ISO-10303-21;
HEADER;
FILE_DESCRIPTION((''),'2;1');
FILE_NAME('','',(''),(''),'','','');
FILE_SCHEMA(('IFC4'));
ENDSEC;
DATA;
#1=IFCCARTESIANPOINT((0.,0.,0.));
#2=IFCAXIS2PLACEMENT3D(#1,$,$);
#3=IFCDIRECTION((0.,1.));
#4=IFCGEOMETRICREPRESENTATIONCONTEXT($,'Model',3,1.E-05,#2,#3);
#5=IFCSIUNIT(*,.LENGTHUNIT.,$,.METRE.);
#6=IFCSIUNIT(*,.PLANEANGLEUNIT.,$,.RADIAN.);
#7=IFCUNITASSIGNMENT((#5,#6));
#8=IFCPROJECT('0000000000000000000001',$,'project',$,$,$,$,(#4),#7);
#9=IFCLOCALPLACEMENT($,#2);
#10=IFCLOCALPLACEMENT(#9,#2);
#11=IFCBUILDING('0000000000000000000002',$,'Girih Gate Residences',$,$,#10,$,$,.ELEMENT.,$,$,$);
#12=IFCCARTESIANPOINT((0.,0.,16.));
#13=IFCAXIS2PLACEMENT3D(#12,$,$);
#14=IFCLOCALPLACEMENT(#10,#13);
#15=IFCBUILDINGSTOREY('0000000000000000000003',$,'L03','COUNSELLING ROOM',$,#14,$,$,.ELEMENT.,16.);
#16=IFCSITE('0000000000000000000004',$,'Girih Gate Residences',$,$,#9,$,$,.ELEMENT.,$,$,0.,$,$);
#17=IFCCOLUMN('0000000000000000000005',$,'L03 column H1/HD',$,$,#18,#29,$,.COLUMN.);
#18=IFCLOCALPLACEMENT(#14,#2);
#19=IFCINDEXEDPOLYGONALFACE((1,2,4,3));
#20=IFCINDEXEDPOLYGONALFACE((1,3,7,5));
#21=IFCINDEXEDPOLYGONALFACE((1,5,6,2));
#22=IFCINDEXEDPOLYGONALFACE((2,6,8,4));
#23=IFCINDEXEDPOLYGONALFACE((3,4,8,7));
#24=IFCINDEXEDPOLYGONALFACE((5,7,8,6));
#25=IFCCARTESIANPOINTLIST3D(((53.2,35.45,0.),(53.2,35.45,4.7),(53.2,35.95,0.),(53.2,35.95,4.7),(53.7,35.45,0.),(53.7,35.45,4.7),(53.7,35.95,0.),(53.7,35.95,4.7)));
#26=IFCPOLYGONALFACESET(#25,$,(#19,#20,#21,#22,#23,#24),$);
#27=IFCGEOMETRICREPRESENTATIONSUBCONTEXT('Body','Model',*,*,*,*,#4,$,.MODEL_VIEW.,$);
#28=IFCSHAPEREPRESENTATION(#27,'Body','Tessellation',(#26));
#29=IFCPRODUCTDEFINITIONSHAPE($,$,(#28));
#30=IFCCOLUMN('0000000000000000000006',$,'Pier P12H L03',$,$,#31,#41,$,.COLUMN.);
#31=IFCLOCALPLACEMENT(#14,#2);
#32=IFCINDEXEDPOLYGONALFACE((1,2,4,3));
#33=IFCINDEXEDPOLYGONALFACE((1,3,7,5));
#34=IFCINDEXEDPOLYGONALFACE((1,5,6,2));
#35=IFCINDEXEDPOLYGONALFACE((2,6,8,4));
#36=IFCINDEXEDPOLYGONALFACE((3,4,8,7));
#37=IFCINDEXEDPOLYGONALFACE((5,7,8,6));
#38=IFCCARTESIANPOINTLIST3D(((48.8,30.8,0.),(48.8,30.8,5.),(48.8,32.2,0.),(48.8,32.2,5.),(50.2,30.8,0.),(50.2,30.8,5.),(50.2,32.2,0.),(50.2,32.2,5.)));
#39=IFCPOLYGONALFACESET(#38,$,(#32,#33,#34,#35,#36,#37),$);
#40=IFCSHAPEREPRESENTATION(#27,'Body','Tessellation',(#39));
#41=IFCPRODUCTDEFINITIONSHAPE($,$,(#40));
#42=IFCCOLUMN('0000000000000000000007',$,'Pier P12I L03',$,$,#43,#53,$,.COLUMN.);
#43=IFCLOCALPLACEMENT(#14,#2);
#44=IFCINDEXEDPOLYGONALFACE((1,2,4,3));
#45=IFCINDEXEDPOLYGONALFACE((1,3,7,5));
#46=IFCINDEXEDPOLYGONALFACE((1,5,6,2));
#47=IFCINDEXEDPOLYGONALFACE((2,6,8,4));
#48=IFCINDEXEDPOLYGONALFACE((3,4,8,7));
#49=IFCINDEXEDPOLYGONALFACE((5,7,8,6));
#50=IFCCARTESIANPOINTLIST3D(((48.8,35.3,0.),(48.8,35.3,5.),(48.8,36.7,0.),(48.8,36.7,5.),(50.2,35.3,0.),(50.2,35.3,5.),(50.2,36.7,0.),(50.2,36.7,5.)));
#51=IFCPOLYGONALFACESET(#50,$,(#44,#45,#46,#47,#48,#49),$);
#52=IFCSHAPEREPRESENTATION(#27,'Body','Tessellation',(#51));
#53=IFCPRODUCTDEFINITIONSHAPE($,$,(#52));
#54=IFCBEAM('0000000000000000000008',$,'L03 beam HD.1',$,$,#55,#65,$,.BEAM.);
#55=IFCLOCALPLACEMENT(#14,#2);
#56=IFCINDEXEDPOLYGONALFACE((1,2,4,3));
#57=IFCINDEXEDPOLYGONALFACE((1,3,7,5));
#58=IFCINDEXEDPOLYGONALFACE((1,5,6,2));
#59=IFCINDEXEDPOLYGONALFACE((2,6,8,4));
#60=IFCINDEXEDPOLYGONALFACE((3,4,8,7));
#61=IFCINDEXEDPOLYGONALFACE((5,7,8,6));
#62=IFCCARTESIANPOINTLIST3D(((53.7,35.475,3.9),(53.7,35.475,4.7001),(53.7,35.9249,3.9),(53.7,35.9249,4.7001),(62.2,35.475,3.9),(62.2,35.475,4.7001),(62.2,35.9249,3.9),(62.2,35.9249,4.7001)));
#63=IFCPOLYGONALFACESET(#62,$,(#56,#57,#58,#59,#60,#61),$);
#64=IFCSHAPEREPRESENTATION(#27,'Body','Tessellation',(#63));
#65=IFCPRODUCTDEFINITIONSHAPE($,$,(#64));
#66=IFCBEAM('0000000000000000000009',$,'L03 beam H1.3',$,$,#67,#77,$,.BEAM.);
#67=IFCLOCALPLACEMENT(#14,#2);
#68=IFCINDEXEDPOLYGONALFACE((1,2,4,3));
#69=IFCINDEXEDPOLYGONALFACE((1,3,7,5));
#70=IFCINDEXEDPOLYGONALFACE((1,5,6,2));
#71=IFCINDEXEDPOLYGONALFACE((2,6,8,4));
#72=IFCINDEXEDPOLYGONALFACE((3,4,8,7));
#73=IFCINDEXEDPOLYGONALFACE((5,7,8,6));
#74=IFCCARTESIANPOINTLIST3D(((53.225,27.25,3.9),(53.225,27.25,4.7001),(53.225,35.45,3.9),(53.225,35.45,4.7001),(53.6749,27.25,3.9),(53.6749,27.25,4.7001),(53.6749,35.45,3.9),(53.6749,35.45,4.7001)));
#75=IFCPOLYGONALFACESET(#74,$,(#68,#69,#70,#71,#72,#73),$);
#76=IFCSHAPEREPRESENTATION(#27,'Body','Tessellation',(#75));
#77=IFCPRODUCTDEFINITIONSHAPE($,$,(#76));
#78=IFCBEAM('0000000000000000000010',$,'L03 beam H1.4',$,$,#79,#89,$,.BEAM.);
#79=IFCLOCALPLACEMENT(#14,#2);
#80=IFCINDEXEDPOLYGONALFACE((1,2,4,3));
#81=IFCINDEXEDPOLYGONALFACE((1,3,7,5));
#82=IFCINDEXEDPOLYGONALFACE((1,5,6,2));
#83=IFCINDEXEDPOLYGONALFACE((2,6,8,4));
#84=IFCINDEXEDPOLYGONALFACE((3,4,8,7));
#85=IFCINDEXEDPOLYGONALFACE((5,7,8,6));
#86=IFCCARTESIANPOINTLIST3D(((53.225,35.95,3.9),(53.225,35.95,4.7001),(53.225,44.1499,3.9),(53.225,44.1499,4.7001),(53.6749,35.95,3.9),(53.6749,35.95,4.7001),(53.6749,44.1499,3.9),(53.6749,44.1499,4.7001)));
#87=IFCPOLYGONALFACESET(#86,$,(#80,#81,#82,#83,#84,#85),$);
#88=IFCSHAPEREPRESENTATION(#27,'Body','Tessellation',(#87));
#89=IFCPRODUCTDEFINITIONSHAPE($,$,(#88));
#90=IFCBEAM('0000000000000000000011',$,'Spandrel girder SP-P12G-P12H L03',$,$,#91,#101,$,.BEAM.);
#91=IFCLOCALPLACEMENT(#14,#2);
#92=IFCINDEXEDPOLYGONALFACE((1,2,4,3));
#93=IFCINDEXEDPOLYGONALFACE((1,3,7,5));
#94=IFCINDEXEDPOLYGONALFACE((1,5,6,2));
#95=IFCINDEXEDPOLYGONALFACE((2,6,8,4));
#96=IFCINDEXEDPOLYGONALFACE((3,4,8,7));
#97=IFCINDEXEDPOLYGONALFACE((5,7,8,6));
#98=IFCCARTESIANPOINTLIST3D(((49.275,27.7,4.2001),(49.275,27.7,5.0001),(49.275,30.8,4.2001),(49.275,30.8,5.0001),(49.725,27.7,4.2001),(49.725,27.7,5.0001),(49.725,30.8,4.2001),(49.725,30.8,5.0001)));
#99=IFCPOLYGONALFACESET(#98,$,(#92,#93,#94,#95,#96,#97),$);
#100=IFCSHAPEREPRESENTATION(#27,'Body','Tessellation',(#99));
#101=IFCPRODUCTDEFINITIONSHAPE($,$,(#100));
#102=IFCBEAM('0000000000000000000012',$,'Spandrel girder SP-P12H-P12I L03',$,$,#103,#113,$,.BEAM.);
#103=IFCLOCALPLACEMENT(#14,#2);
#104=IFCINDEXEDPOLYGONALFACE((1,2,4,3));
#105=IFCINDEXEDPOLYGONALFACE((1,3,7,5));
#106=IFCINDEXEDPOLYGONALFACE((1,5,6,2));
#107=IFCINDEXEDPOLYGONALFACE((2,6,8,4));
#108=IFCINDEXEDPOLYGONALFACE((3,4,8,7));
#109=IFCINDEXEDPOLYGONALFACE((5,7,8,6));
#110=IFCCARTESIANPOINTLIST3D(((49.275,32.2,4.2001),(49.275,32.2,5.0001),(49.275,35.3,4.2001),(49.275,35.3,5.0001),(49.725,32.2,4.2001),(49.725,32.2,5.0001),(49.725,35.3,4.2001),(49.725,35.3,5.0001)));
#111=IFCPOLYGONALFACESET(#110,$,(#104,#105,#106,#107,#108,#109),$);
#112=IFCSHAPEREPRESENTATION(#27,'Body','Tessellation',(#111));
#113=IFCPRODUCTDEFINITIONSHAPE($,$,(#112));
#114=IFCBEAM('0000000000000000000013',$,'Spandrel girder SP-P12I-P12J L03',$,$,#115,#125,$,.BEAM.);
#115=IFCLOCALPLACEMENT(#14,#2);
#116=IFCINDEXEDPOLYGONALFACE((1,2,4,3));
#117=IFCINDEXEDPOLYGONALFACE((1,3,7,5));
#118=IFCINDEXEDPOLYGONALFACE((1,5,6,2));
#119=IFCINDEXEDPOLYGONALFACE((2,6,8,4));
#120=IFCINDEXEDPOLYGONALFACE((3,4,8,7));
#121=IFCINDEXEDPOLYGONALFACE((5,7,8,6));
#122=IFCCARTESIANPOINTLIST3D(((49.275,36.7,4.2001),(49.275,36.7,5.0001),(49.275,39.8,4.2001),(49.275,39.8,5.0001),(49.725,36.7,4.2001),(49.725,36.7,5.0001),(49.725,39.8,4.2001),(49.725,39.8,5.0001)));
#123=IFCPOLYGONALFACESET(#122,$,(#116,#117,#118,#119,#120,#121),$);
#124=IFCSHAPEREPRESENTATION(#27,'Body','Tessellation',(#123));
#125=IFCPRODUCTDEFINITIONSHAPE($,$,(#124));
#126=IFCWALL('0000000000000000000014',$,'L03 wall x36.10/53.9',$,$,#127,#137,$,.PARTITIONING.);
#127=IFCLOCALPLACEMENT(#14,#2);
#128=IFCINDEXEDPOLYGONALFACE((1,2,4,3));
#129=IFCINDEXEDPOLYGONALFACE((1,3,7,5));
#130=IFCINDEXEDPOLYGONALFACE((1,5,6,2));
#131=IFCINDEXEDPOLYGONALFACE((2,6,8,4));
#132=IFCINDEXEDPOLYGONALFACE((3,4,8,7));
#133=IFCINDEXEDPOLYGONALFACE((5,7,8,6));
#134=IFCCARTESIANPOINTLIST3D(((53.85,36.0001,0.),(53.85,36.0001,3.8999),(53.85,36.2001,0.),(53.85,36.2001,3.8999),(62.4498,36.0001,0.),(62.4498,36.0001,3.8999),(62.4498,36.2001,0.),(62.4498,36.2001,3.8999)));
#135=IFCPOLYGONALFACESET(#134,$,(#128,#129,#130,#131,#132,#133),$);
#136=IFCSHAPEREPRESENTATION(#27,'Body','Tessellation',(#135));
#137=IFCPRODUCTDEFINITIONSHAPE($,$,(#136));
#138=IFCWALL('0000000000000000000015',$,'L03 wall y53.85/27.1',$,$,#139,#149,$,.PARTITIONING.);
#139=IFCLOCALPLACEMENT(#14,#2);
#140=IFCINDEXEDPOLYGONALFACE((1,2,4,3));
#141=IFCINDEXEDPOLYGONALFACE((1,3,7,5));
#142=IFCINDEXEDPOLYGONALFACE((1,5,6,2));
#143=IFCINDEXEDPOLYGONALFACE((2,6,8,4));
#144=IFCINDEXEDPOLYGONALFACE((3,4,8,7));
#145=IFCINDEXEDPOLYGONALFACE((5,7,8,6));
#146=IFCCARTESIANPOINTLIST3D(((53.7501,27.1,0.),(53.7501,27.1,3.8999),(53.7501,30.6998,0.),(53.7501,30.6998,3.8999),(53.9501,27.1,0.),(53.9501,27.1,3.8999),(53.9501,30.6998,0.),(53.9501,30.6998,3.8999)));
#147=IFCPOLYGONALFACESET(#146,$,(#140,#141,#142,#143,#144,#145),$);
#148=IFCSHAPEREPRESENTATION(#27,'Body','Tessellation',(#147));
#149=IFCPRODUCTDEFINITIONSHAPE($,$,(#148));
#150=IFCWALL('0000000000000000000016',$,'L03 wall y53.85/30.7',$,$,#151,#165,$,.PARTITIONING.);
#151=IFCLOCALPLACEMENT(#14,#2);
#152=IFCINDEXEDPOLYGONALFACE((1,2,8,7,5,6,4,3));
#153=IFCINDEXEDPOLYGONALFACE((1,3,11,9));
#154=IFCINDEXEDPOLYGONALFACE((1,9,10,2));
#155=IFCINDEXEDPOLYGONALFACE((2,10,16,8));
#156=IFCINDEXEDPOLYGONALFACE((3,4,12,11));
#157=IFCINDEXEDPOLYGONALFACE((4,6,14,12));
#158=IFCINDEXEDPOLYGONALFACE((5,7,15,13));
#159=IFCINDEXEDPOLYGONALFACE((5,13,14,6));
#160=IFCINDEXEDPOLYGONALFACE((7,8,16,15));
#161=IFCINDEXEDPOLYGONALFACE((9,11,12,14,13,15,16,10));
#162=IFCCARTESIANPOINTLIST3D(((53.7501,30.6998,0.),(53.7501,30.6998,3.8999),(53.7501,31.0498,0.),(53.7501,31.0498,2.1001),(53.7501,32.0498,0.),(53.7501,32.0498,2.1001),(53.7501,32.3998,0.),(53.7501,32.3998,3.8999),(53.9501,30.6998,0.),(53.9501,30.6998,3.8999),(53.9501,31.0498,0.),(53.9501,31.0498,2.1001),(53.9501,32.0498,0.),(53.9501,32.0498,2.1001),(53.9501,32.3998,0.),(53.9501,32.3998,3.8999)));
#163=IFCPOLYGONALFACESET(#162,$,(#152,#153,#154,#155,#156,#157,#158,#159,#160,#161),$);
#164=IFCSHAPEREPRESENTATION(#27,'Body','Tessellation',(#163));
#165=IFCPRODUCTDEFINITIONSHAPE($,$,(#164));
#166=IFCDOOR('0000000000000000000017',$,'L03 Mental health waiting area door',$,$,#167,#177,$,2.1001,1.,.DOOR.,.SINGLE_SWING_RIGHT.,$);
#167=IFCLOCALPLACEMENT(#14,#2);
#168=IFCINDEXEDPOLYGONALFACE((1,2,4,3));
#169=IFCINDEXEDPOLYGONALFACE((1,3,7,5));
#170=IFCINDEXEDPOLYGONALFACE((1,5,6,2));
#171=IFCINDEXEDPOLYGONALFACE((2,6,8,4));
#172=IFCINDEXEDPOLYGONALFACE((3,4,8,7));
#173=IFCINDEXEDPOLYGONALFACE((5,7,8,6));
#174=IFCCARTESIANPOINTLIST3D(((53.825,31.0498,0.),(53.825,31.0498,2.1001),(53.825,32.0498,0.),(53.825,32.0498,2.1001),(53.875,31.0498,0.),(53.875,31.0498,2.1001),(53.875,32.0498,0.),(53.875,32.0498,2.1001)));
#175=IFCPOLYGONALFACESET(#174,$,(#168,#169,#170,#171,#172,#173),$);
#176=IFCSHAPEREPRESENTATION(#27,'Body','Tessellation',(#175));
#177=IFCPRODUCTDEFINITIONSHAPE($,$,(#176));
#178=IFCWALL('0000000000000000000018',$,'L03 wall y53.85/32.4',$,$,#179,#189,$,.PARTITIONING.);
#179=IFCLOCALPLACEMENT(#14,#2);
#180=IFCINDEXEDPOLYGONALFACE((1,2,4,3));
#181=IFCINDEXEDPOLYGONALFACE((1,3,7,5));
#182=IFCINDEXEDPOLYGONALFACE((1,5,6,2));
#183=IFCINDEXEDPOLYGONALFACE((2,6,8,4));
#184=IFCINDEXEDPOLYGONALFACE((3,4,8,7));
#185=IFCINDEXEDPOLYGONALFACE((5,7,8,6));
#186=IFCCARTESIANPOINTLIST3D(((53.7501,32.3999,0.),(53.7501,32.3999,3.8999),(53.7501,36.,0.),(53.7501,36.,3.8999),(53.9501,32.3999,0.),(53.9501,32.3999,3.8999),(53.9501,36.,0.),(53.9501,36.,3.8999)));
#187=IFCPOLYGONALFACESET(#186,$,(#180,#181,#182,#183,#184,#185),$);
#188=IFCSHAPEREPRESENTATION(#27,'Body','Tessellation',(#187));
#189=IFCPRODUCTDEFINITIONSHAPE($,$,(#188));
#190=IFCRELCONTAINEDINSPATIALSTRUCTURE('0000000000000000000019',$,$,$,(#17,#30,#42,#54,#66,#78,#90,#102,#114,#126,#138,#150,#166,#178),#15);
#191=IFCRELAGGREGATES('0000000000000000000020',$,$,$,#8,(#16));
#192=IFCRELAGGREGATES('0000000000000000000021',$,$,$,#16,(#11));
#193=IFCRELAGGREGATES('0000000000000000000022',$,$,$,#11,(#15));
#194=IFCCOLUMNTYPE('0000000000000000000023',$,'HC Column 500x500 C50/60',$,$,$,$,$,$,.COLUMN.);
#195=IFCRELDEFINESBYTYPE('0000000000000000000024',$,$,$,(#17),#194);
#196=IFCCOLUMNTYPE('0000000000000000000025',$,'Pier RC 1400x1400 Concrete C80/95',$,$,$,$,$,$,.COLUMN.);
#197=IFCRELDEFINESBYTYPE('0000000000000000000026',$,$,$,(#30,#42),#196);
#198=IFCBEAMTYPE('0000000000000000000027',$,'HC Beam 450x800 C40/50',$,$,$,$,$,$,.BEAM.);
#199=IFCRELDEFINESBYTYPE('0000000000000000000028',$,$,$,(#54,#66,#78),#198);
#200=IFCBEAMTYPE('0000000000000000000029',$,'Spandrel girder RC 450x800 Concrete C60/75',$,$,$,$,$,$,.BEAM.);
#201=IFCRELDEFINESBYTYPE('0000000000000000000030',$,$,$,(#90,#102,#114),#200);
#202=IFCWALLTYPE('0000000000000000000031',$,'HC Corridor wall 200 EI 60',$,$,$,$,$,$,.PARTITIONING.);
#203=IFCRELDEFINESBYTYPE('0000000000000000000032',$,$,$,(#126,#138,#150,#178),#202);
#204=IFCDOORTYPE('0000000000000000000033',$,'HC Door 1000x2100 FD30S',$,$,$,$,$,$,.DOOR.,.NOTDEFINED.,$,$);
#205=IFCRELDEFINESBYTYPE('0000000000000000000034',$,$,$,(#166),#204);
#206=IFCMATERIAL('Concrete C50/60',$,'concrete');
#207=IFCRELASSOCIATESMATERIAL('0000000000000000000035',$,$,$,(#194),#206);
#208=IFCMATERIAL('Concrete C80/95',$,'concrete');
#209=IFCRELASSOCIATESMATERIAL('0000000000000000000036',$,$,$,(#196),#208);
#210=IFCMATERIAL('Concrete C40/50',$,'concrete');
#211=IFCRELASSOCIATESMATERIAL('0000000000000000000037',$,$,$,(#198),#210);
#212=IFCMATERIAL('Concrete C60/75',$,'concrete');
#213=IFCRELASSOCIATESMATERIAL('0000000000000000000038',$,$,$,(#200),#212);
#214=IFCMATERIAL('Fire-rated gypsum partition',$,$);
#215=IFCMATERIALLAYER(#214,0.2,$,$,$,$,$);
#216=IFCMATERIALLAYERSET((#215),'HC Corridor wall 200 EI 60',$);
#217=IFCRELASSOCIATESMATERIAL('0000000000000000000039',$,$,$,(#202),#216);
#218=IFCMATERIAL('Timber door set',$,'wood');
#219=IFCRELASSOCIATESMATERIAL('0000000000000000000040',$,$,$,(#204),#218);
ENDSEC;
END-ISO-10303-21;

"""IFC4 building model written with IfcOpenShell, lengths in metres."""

from ifc_helpers import new_model, si_unit, direction, frame, frame_2d, origin, origin_2d, place, context, subcontext, project, spatial, rectangle, extrude, material, layer, layer_set, material_profile, profile_set, type_object, element, fill, save


model = new_model("IFC4")

# Units and contexts
model_context = context("Model", 3, precision=1e-05, world=origin(), true_north=direction((0.0, 1.0)))
body_context = subcontext(model_context, "Body", "Model", "MODEL_VIEW")
ifc_project = project(units=[si_unit("LENGTHUNIT", "METRE"), si_unit("PLANEANGLEUNIT", "RADIAN")], contexts=[model_context])

# Site, building, storey
site_placement = place(None, origin())
site = spatial("IfcSite", under=ifc_project, at=site_placement, Name="Girih Gate Residences", CompositionType="ELEMENT", RefElevation=0.0)
building_placement = place(site_placement, origin())
building = spatial("IfcBuilding", under=site, at=building_placement, Name="Girih Gate Residences", CompositionType="ELEMENT")
storey_placement = place(building_placement, frame((0.0, 0.0, 16.0)))
storey = spatial("IfcBuildingStorey", under=building, at=storey_placement, Name="L03", Description="COUNSELLING ROOM", CompositionType="ELEMENT", Elevation=16.0)

# Columns
ifc_material_1 = material(Name="Concrete C50/60", Category="concrete")
ifc_material_profile_1 = material_profile(ifc_material_1, rectangle(XDim=0.5, YDim=0.5, at=origin_2d()))
ifc_profile_set_1 = profile_set([ifc_material_profile_1], Name="Concrete C50/60")
column_type_1 = type_object("IfcColumnType", Name="HC Column 500x500 C50/60", PredefinedType="COLUMN", material=ifc_profile_set_1)
column_placement = place(storey_placement, frame((53.45, 35.7, 0.0), z_axis=(0.0, 0.0, 1.0), x_axis=(1.0, 0.0, 0.0)))
element("IfcColumn", 1, at=column_placement, inside=storey, type_object=column_type_1, Name="L03 column H1/HD", PredefinedType="COLUMN", context=body_context, shape_type="SweptSolid", body=[
    extrude(rectangle(XDim=0.5, YDim=0.5, at=origin_2d()), origin(), (0.0, 0.0, 1.0), 4.7),
])
ifc_material_2 = material(Name="Concrete C80/95", Category="concrete")
ifc_material_profile_2 = material_profile(ifc_material_2, rectangle(XDim=1.3999, YDim=1.3999, at=origin_2d()))
ifc_profile_set_2 = profile_set([ifc_material_profile_2], Name="Concrete C80/95")
column_type_2 = type_object("IfcColumnType", Name="Pier RC 1400x1400 Concrete C80/95", PredefinedType="COLUMN", material=ifc_profile_set_2)
for number, where, z_axis, x_axis, name in (
    (2, (49.5, 31.5, 0.0), (0.0, 0.0, 1.0), (1.0, 0.0, 0.0), "Pier P12H L03"),
    (3, (49.5, 36.0, 0.0), (0.0, 0.0, 1.0), (1.0, 0.0, 0.0), "Pier P12I L03"),
):
    element("IfcColumn", number, at=place(storey_placement, frame(where, z_axis=z_axis, x_axis=x_axis)), inside=storey, type_object=column_type_2, Name=name, PredefinedType="COLUMN", context=body_context, shape_type="SweptSolid", body=[
        extrude(rectangle(XDim=1.3999, YDim=1.3999, at=origin_2d()), origin(), (0.0, 0.0, 1.0), 5.0),
    ])

# Beams
ifc_material_3 = material(Name="Concrete C40/50", Category="concrete")
ifc_material_profile_3 = material_profile(ifc_material_3, rectangle(XDim=0.45, YDim=0.8, at=origin_2d()))
ifc_profile_set_3 = profile_set([ifc_material_profile_3], Name="Concrete C40/50")
beam_type_1 = type_object("IfcBeamType", Name="HC Beam 450x800 C40/50", PredefinedType="BEAM", material=ifc_profile_set_3)
beam_placement = place(storey_placement, frame((53.7, 35.7, 4.3), z_axis=(1.0, 0.0, 0.0), x_axis=(0.0, 1.0, 0.0)))
element("IfcBeam", 4, at=beam_placement, inside=storey, type_object=beam_type_1, Name="L03 beam HD.1", PredefinedType="BEAM", context=body_context, shape_type="SweptSolid", body=[
    extrude(rectangle(XDim=0.45, YDim=0.8, at=origin_2d()), origin(), (0.0, 0.0, 1.0), 8.5),
])
for number, where, z_axis, x_axis, name in (
    (5, (53.45, 27.25, 4.3), (0.0, 1.0, 0.0), (-1.0, 0.0, 0.0), "L03 beam H1.3"),
    (6, (53.45, 35.95, 4.3), (0.0, 1.0, 0.0), (-1.0, 0.0, 0.0), "L03 beam H1.4"),
):
    element("IfcBeam", number, at=place(storey_placement, frame(where, z_axis=z_axis, x_axis=x_axis)), inside=storey, type_object=beam_type_1, Name=name, PredefinedType="BEAM", context=body_context, shape_type="SweptSolid", body=[
        extrude(rectangle(XDim=0.45, YDim=0.8, at=origin_2d()), origin(), (0.0, 0.0, 1.0), 8.2),
    ])
ifc_material_4 = material(Name="Concrete C60/75", Category="concrete")
ifc_material_profile_4 = material_profile(ifc_material_4, rectangle(XDim=0.45, YDim=0.8, at=origin_2d()))
ifc_profile_set_4 = profile_set([ifc_material_profile_4], Name="Concrete C60/75")
beam_type_2 = type_object("IfcBeamType", Name="Spandrel girder RC 450x800 Concrete C60/75", PredefinedType="BEAM", material=ifc_profile_set_4)
for number, where, z_axis, x_axis, name in (
    (7, (49.5, 27.7, 4.6001), (0.0, 1.0, 0.0), (-1.0, 0.0, 0.0), "Spandrel girder SP-P12G-P12H L03"),
    (8, (49.5, 32.2, 4.6001), (0.0, 1.0, 0.0), (-1.0, 0.0, 0.0), "Spandrel girder SP-P12H-P12I L03"),
    (9, (49.5, 36.7, 4.6001), (0.0, 1.0, 0.0), (-1.0, 0.0, 0.0), "Spandrel girder SP-P12I-P12J L03"),
):
    element("IfcBeam", number, at=place(storey_placement, frame(where, z_axis=z_axis, x_axis=x_axis)), inside=storey, type_object=beam_type_2, Name=name, PredefinedType="BEAM", context=body_context, shape_type="SweptSolid", body=[
        extrude(rectangle(XDim=0.45, YDim=0.8, at=origin_2d()), origin(), (0.0, 0.0, 1.0), 3.1001),
    ])

# Walls
ifc_material_5 = material(Name="Fire-rated gypsum partition")
ifc_layer_1 = layer(ifc_material_5, 0.2)
ifc_layer_set_1 = layer_set([ifc_layer_1], Name="HC Corridor wall 200 EI 60")
wall_type_1 = type_object("IfcWallType", Name="HC Corridor wall 200 EI 60", PredefinedType="PARTITIONING", material=ifc_layer_set_1)
wall_1_placement = place(storey_placement, frame((53.8501, 36.1001, 0.0), z_axis=(0.0, 0.0, 1.0), x_axis=(1.0, 0.0, 0.0)))
element("IfcWall", 10, at=wall_1_placement, inside=storey, type_object=wall_type_1, Name="L03 wall x36.10/53.9", PredefinedType="PARTITIONING", context=body_context, shape_type="SweptSolid", body=[
    extrude(rectangle(XDim=8.5999, YDim=0.2, at=frame_2d((4.2998, 0.0))), origin(), (0.0, 0.0, 1.0), 3.8999),
])
wall_2_placement = place(storey_placement, frame((53.8501, 27.1001, 0.0), z_axis=(0.0, 0.0, 1.0), x_axis=(0.0, 1.0, 0.0)))
element("IfcWall", 11, at=wall_2_placement, inside=storey, type_object=wall_type_1, Name="L03 wall y53.85/27.1", PredefinedType="PARTITIONING", context=body_context, shape_type="SweptSolid", body=[
    extrude(rectangle(XDim=3.5999, YDim=0.2, at=frame_2d((1.7998, 0.0))), origin(), (0.0, 0.0, 1.0), 3.8999),
])

# Wall, opening, door
wall_3_placement = place(storey_placement, frame((53.8501, 32.3999, 0.0), z_axis=(0.0, 0.0, 1.0), x_axis=(0.0, -1.0, 0.0)))
wall_3 = element("IfcWall", 12, at=wall_3_placement, inside=storey, type_object=wall_type_1, Name="L03 wall y53.85/30.7", PredefinedType="PARTITIONING", context=body_context, shape_type="SweptSolid", body=[
    extrude(rectangle(XDim=1.7, YDim=0.2, at=frame_2d((0.8501, 0.0))), origin(), (0.0, 0.0, 1.0), 3.8999),
])
opening_1_placement = place(wall_3_placement, frame((0.3501, 0.0, 0.0)))
opening_1 = element("IfcOpeningElement", 13, at=opening_1_placement, cuts=wall_3, PredefinedType="OPENING", context=body_context, shape_type="SweptSolid", body=[
    extrude(rectangle(XDim=1.0, YDim=2.1001, at=frame_2d((0.5, 1.05))), frame((0.0, 0.1099, 0.0), z_axis=(0.0, -1.0, 0.0), x_axis=(1.0, 0.0, 0.0)), (0.0, 0.0, 1.0), 0.22),
])
ifc_material_6 = material(Name="Timber door set", Category="wood")
door_type = type_object("IfcDoorType", Name="HC Door 1000x2100 FD30S", OperationType="NOTDEFINED", PredefinedType="DOOR", material=ifc_material_6)
door_placement = place(opening_1_placement, origin())
door = element("IfcDoor", 14, at=door_placement, inside=storey, type_object=door_type, Name="L03 Mental health waiting area door", OperationType="SINGLE_SWING_RIGHT", OverallHeight=2.1001, OverallWidth=1.0, PredefinedType="DOOR", context=body_context, shape_type="SweptSolid", body=[
    extrude(rectangle(XDim=1.0, YDim=2.1001, at=frame_2d((0.5, 1.05))), frame((0.0, 0.0249, 0.0), z_axis=(0.0, -1.0, 0.0), x_axis=(1.0, 0.0, 0.0)), (0.0, 0.0, 1.0), 0.05),
])
fill(opening_1, door)

# Wall
wall_4_placement = place(storey_placement, frame((53.8501, 32.3999, 0.0), z_axis=(0.0, 0.0, 1.0), x_axis=(0.0, 1.0, 0.0)))
element("IfcWall", 15, at=wall_4_placement, inside=storey, type_object=wall_type_1, Name="L03 wall y53.85/32.4", PredefinedType="PARTITIONING", context=body_context, shape_type="SweptSolid", body=[
    extrude(rectangle(XDim=3.6001, YDim=0.2, at=frame_2d((1.8, 0.0))), origin(), (0.0, 0.0, 1.0), 3.8999),
])

save(model, "model.ifc")
